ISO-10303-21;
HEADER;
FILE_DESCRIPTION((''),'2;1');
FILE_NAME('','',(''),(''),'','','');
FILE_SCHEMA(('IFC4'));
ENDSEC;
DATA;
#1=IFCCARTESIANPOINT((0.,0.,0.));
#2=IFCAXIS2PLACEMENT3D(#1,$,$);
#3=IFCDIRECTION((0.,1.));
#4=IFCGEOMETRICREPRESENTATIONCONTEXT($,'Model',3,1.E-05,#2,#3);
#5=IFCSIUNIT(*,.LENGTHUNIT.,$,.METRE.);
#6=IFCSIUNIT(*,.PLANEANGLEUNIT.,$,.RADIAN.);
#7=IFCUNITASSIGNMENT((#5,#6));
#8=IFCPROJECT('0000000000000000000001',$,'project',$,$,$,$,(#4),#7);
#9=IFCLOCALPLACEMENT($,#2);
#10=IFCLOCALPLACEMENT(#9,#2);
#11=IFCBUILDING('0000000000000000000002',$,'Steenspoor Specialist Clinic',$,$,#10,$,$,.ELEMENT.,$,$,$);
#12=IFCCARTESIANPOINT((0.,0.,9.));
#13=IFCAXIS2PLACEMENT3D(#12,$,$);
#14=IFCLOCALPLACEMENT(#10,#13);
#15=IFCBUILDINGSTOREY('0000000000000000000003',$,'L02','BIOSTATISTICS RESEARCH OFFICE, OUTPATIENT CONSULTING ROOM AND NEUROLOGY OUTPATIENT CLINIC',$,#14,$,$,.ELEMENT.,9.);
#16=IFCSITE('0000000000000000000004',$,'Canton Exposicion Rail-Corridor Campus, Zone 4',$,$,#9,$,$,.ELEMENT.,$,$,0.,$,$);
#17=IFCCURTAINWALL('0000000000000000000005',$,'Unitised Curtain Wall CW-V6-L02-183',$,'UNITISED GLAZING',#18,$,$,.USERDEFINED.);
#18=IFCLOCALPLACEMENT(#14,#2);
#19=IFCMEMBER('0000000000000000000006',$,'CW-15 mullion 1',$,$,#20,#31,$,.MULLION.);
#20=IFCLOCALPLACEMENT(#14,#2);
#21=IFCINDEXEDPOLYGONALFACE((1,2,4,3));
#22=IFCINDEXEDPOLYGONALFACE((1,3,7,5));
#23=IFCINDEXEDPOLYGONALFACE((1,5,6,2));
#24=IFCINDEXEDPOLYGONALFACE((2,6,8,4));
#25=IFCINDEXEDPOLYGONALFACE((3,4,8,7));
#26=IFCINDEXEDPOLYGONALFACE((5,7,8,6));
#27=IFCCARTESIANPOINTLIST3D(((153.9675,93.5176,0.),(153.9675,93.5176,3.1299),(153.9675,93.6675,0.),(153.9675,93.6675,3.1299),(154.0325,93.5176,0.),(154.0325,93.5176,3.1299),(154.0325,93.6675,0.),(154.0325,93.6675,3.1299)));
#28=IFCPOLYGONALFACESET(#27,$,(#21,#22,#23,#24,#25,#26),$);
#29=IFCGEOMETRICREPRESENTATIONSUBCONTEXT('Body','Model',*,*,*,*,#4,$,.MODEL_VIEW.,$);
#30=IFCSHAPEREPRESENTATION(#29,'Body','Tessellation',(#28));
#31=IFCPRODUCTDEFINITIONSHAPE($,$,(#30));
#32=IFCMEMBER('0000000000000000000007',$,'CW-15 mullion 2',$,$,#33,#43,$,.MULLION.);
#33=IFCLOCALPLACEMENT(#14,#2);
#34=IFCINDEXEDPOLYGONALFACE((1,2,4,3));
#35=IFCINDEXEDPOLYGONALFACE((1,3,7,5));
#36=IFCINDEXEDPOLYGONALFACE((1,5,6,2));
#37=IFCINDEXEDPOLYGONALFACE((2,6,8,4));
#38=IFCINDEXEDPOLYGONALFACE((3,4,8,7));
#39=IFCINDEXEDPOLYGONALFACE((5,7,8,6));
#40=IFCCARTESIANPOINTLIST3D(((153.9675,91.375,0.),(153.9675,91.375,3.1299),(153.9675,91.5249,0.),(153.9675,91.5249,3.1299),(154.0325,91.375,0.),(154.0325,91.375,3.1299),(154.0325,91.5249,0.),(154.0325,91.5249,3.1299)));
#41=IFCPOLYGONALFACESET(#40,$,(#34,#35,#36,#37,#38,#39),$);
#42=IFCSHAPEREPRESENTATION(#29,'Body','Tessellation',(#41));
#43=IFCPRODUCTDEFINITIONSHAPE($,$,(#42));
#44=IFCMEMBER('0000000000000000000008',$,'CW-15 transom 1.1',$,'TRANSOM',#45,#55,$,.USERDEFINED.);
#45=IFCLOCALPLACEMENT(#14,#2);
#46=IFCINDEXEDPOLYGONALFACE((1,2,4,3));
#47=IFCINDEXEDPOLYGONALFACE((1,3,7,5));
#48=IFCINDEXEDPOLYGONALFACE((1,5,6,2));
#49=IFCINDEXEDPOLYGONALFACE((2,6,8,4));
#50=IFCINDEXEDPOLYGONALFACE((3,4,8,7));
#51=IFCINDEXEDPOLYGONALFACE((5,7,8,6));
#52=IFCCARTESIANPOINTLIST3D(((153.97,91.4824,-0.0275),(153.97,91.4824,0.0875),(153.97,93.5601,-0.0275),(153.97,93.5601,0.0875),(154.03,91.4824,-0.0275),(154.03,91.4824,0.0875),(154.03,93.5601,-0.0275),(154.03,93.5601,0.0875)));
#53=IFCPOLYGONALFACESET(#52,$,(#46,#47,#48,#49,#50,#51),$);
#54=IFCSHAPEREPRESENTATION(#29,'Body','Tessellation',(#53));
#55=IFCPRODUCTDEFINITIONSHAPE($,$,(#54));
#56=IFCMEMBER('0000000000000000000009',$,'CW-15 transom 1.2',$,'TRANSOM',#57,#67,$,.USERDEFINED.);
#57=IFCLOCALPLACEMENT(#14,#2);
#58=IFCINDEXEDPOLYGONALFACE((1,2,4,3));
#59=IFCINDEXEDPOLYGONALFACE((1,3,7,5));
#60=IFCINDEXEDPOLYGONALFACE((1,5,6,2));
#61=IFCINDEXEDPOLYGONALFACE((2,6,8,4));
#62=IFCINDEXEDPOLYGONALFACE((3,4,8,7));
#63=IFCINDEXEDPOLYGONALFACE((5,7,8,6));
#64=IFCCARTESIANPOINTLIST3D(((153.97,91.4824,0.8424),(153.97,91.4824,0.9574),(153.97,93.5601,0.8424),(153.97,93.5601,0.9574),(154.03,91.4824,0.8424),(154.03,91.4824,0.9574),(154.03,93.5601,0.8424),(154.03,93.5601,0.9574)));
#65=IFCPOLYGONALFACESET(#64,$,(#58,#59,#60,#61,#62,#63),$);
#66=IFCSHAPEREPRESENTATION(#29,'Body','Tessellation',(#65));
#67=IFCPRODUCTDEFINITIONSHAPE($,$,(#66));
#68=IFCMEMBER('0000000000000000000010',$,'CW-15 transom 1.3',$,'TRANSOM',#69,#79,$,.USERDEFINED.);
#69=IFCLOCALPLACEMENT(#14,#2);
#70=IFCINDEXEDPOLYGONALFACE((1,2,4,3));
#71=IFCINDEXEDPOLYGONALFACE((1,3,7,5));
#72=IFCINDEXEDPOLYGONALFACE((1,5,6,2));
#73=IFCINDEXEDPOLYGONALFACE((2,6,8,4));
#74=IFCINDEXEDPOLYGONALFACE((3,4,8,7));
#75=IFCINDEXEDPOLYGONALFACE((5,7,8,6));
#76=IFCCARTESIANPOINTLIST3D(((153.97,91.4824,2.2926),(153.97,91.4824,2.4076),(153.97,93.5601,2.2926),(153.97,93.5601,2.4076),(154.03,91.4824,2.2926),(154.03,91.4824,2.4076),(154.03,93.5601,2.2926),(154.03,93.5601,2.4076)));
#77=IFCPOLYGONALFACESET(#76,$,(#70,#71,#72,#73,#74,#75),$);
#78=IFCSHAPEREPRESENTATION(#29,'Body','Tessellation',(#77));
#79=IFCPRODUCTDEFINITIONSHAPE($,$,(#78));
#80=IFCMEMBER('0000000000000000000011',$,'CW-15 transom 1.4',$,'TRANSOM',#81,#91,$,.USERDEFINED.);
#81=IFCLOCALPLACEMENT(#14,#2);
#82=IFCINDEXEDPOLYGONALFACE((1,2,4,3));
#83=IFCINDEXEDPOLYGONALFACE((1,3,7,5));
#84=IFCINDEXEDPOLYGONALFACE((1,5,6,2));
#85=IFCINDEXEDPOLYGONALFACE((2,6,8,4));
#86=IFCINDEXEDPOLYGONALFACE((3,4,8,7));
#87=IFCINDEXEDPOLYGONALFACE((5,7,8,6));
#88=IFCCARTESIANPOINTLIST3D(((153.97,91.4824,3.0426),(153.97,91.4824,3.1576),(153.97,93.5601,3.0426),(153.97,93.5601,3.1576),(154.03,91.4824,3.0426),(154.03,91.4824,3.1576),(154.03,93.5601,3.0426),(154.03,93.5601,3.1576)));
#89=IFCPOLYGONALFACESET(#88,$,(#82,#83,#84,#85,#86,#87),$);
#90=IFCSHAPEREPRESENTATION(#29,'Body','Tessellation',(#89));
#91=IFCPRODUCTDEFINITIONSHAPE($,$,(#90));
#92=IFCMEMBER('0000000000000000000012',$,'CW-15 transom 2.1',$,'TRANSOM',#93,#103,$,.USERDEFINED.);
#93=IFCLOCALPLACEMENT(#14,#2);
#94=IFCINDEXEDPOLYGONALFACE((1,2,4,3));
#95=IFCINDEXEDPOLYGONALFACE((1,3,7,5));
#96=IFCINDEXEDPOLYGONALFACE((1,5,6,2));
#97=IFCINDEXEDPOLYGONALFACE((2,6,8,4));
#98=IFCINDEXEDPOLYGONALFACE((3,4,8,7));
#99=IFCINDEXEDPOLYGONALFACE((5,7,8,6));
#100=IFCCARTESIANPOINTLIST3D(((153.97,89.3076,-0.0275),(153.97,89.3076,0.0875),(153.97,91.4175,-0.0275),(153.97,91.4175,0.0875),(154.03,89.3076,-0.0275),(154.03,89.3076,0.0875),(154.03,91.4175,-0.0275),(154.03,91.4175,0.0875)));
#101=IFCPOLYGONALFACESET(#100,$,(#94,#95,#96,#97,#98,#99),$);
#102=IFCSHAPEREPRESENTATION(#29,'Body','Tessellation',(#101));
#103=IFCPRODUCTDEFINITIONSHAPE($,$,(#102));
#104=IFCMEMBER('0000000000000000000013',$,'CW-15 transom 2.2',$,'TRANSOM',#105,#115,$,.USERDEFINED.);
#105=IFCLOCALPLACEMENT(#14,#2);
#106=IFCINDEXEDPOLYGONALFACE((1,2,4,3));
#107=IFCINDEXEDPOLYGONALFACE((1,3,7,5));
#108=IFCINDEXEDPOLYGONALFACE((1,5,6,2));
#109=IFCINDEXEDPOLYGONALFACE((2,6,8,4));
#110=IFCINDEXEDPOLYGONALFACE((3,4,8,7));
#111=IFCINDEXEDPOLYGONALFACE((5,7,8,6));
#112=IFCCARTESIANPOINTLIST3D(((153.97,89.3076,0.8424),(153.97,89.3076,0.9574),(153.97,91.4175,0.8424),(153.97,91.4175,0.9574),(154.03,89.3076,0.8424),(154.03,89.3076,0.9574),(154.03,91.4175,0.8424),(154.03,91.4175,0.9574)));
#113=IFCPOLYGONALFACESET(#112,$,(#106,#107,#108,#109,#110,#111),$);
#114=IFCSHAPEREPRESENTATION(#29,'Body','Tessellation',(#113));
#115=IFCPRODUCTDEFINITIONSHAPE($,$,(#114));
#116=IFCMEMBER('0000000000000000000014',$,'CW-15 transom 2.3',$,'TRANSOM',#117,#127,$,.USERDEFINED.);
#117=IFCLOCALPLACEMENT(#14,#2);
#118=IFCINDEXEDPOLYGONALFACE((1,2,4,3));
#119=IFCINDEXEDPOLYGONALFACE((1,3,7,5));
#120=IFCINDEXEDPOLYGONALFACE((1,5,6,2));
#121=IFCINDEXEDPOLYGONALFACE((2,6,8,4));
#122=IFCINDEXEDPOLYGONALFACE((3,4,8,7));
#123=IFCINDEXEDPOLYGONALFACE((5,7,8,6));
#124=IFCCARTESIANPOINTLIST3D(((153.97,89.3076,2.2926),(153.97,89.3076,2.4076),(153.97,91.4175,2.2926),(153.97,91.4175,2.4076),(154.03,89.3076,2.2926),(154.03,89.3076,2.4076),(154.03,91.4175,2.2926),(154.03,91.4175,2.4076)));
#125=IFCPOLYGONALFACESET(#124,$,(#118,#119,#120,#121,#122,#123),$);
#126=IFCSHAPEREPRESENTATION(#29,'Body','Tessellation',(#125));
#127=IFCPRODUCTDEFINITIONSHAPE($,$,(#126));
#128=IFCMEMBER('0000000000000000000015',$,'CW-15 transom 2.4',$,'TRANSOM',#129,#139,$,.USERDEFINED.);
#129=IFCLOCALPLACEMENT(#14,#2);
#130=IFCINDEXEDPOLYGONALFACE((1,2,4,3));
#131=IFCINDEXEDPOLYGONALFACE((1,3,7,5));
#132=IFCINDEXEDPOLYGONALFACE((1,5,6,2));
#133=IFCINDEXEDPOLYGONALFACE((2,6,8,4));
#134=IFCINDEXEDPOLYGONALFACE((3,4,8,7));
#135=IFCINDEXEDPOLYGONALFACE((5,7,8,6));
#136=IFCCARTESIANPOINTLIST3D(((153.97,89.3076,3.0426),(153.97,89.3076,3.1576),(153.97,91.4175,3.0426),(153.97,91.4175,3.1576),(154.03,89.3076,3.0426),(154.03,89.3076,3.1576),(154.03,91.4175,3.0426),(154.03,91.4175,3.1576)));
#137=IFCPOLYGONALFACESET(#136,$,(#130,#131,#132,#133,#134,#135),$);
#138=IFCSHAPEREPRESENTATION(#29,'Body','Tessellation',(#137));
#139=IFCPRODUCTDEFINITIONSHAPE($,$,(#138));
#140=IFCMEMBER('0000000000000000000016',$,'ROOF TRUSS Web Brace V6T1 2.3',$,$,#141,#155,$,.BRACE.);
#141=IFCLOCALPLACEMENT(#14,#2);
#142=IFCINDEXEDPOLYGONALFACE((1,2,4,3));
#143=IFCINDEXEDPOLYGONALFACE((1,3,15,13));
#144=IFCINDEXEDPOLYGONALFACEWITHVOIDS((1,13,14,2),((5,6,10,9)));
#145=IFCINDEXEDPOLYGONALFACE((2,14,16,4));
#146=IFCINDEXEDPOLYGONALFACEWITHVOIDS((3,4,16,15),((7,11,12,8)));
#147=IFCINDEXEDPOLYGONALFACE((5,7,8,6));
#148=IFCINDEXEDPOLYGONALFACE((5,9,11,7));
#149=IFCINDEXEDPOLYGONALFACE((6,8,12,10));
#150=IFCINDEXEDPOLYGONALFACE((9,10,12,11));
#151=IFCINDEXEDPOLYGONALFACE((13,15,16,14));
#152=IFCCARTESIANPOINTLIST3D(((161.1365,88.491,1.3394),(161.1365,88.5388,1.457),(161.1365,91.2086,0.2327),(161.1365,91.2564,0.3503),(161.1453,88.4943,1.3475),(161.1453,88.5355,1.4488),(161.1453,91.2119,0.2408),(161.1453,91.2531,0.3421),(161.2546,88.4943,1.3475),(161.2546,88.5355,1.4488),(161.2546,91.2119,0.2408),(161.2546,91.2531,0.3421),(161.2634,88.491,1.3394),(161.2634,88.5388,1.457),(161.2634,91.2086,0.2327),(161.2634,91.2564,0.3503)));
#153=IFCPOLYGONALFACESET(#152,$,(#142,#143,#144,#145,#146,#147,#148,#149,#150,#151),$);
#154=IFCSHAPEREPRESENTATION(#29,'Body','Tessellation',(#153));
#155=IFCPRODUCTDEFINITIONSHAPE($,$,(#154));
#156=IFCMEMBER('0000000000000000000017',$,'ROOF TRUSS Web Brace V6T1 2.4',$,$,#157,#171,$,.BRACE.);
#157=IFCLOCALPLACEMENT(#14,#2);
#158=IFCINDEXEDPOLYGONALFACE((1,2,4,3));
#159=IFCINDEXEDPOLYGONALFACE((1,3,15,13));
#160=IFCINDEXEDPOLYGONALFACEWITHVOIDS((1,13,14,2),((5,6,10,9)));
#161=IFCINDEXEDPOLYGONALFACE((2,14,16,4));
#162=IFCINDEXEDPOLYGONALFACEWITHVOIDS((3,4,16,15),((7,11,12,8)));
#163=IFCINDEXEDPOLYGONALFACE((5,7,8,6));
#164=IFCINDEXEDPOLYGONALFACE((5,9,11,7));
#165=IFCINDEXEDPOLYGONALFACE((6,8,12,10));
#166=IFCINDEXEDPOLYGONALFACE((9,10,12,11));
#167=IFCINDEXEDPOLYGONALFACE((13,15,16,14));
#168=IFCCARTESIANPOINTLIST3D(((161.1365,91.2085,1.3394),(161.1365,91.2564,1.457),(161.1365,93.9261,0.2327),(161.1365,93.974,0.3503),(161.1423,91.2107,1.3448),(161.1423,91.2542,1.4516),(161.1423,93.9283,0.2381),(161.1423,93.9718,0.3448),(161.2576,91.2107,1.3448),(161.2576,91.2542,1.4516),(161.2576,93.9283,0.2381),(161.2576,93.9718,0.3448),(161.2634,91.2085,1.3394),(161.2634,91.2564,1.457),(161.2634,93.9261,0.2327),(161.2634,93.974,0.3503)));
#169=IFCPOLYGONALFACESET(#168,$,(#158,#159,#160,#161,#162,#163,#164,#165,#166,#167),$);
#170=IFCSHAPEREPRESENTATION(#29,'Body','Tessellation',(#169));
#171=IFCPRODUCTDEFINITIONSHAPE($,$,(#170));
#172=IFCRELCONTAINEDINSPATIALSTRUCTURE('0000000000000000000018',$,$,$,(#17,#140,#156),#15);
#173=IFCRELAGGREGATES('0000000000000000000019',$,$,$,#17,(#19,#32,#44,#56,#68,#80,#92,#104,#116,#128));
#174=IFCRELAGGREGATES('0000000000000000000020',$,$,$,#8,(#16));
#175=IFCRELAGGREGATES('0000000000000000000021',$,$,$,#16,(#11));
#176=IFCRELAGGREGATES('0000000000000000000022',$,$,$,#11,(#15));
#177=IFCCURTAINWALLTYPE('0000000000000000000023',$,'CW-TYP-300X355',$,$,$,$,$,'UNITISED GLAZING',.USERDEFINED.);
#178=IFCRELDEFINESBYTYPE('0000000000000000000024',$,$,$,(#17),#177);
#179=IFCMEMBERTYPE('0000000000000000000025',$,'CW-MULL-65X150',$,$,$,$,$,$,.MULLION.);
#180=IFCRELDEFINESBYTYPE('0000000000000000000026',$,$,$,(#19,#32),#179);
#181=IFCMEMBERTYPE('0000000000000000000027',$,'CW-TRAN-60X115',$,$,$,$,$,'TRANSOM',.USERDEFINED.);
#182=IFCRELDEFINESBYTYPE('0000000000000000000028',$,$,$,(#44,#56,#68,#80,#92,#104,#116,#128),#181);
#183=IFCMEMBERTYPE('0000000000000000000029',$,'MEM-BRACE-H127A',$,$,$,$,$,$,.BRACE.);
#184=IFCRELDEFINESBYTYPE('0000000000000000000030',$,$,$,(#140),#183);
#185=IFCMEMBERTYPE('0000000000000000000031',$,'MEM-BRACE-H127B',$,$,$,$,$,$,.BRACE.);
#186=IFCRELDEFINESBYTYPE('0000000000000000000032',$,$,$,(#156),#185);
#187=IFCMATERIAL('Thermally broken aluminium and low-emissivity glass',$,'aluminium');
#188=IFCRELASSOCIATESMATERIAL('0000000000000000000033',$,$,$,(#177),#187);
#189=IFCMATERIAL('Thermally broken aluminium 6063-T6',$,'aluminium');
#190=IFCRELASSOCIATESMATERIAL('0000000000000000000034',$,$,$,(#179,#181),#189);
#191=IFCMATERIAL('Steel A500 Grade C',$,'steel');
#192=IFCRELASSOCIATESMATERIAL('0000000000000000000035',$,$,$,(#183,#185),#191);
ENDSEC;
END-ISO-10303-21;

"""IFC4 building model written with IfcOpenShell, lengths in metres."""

from ifc_helpers import new_model, si_unit, direction, frame, origin, origin_2d, place, context, subcontext, project, spatial, rectangle, hollow_rectangle, extrude, material, material_profile, profile_set, type_object, element, aggregate, save


model = new_model("IFC4")

# Units and contexts
model_context = context("Model", 3, precision=1e-05, world=origin(), true_north=direction((0.0, 1.0)))
body_context = subcontext(model_context, "Body", "Model", "MODEL_VIEW")
ifc_project = project(units=[si_unit("LENGTHUNIT", "METRE"), si_unit("PLANEANGLEUNIT", "RADIAN")], contexts=[model_context])

# Site, building, storey
site_placement = place(None, origin())
site = spatial("IfcSite", under=ifc_project, at=site_placement, Name="Canton Exposicion Rail-Corridor Campus, Zone 4", CompositionType="ELEMENT", RefElevation=0.0)
building_placement = place(site_placement, origin())
building = spatial("IfcBuilding", under=site, at=building_placement, Name="Steenspoor Specialist Clinic", CompositionType="ELEMENT")
storey_placement = place(building_placement, frame((0.0, 0.0, 9.0)))
storey = spatial("IfcBuildingStorey", under=building, at=storey_placement, Name="L02", Description="BIOSTATISTICS RESEARCH OFFICE, OUTPATIENT CONSULTING ROOM AND NEUROLOGY OUTPATIENT CLINIC", CompositionType="ELEMENT", Elevation=9.0)

# Curtain wall, members
ifc_material_1 = material(Name="Thermally broken aluminium and low-emissivity glass", Category="aluminium")
curtain_wall_type = type_object("IfcCurtainWallType", Name="CW-TYP-300X355", ElementType="UNITISED GLAZING", PredefinedType="USERDEFINED", material=ifc_material_1)
curtain_wall_placement = place(storey_placement, origin())
curtain_wall = element("IfcCurtainWall", 1, at=curtain_wall_placement, inside=storey, type_object=curtain_wall_type, Name="Unitised Curtain Wall CW-V6-L02-183", ObjectType="UNITISED GLAZING", PredefinedType="USERDEFINED")
ifc_material_2 = material(Name="Thermally broken aluminium 6063-T6", Category="aluminium")
ifc_material_profile_1 = material_profile(ifc_material_2, rectangle(XDim=0.0649, YDim=0.1499, at=origin_2d()), Name="CWM-65X150")
ifc_profile_set_1 = profile_set([ifc_material_profile_1], Name="Thermally broken aluminium 6063-T6")
member_type_1 = type_object("IfcMemberType", Name="CW-MULL-65X150", PredefinedType="MULLION", material=ifc_profile_set_1)
member_1_placement = place(storey_placement, frame((154.0, 93.5925, 0.0), z_axis=(0.0, 0.0, 1.0), x_axis=(1.0, 0.0, 0.0)))
member_1 = element("IfcMember", 2, at=member_1_placement, type_object=member_type_1, Name="CW-15 mullion 1", PredefinedType="MULLION", context=body_context, shape_type="SweptSolid", body=[
    extrude(rectangle(XDim=0.0649, YDim=0.1499, at=origin_2d()), origin(), (0.0, 0.0, 1.0), 3.1299),
])
member_2_placement = place(storey_placement, frame((154.0, 91.45, 0.0), z_axis=(0.0, 0.0, 1.0), x_axis=(1.0, 0.0, 0.0)))
member_2 = element("IfcMember", 3, at=member_2_placement, type_object=member_type_1, Name="CW-15 mullion 2", PredefinedType="MULLION", context=body_context, shape_type="SweptSolid", body=[
    extrude(rectangle(XDim=0.0649, YDim=0.1499, at=origin_2d()), origin(), (0.0, 0.0, 1.0), 3.1299),
])
ifc_material_profile_2 = material_profile(ifc_material_2, rectangle(XDim=0.0601, YDim=0.115, at=origin_2d()), Name="CWT-60X115")
ifc_profile_set_2 = profile_set([ifc_material_profile_2], Name="Thermally broken aluminium 6063-T6")
member_type_2 = type_object("IfcMemberType", Name="CW-TRAN-60X115", ElementType="TRANSOM", PredefinedType="USERDEFINED", material=ifc_profile_set_2)
member_3_placement = place(storey_placement, frame((154.0, 93.5601, 0.03), z_axis=(0.0, -1.0, 0.0), x_axis=(1.0, 0.0, 0.0)))
member_3 = element("IfcMember", 4, at=member_3_placement, type_object=member_type_2, Name="CW-15 transom 1.1", ObjectType="TRANSOM", PredefinedType="USERDEFINED", context=body_context, shape_type="SweptSolid", body=[
    extrude(rectangle(XDim=0.0601, YDim=0.115, at=origin_2d()), origin(), (0.0, 0.0, 1.0), 2.0776),
])
member_4_placement = place(storey_placement, frame((154.0, 93.5601, 0.8999), z_axis=(0.0, -1.0, 0.0), x_axis=(1.0, 0.0, 0.0)))
member_4 = element("IfcMember", 5, at=member_4_placement, type_object=member_type_2, Name="CW-15 transom 1.2", ObjectType="TRANSOM", PredefinedType="USERDEFINED", context=body_context, shape_type="SweptSolid", body=[
    extrude(rectangle(XDim=0.0601, YDim=0.115, at=origin_2d()), origin(), (0.0, 0.0, 1.0), 2.0776),
])
member_5_placement = place(storey_placement, frame((154.0, 93.5601, 2.3501), z_axis=(0.0, -1.0, 0.0), x_axis=(1.0, 0.0, 0.0)))
member_5 = element("IfcMember", 6, at=member_5_placement, type_object=member_type_2, Name="CW-15 transom 1.3", ObjectType="TRANSOM", PredefinedType="USERDEFINED", context=body_context, shape_type="SweptSolid", body=[
    extrude(rectangle(XDim=0.0601, YDim=0.115, at=origin_2d()), origin(), (0.0, 0.0, 1.0), 2.0776),
])
member_6_placement = place(storey_placement, frame((154.0, 93.5601, 3.1001), z_axis=(0.0, -1.0, 0.0), x_axis=(1.0, 0.0, 0.0)))
member_6 = element("IfcMember", 7, at=member_6_placement, type_object=member_type_2, Name="CW-15 transom 1.4", ObjectType="TRANSOM", PredefinedType="USERDEFINED", context=body_context, shape_type="SweptSolid", body=[
    extrude(rectangle(XDim=0.0601, YDim=0.115, at=origin_2d()), origin(), (0.0, 0.0, 1.0), 2.0776),
])
member_7_placement = place(storey_placement, frame((154.0, 91.4175, 0.03), z_axis=(0.0, -1.0, 0.0), x_axis=(1.0, 0.0, 0.0)))
member_7 = element("IfcMember", 8, at=member_7_placement, type_object=member_type_2, Name="CW-15 transom 2.1", ObjectType="TRANSOM", PredefinedType="USERDEFINED", context=body_context, shape_type="SweptSolid", body=[
    extrude(rectangle(XDim=0.0601, YDim=0.115, at=origin_2d()), origin(), (0.0, 0.0, 1.0), 2.1099),
])
member_8_placement = place(storey_placement, frame((154.0, 91.4175, 0.8999), z_axis=(0.0, -1.0, 0.0), x_axis=(1.0, 0.0, 0.0)))
member_8 = element("IfcMember", 9, at=member_8_placement, type_object=member_type_2, Name="CW-15 transom 2.2", ObjectType="TRANSOM", PredefinedType="USERDEFINED", context=body_context, shape_type="SweptSolid", body=[
    extrude(rectangle(XDim=0.0601, YDim=0.115, at=origin_2d()), origin(), (0.0, 0.0, 1.0), 2.1099),
])
member_9_placement = place(storey_placement, frame((154.0, 91.4175, 2.3501), z_axis=(0.0, -1.0, 0.0), x_axis=(1.0, 0.0, 0.0)))
member_9 = element("IfcMember", 10, at=member_9_placement, type_object=member_type_2, Name="CW-15 transom 2.3", ObjectType="TRANSOM", PredefinedType="USERDEFINED", context=body_context, shape_type="SweptSolid", body=[
    extrude(rectangle(XDim=0.0601, YDim=0.115, at=origin_2d()), origin(), (0.0, 0.0, 1.0), 2.1099),
])
member_10_placement = place(storey_placement, frame((154.0, 91.4175, 3.1001), z_axis=(0.0, -1.0, 0.0), x_axis=(1.0, 0.0, 0.0)))
member_10 = element("IfcMember", 11, at=member_10_placement, type_object=member_type_2, Name="CW-15 transom 2.4", ObjectType="TRANSOM", PredefinedType="USERDEFINED", context=body_context, shape_type="SweptSolid", body=[
    extrude(rectangle(XDim=0.0601, YDim=0.115, at=origin_2d()), origin(), (0.0, 0.0, 1.0), 2.1099),
])

# Members
ifc_material_3 = material(Name="Steel A500 Grade C", Category="steel")
ifc_material_profile_3 = material_profile(ifc_material_3, hollow_rectangle(XDim=0.127, YDim=0.127, WallThickness=0.0088, at=origin_2d()), Name="HSS127X127X9.5")
ifc_profile_set_3 = profile_set([ifc_material_profile_3], Name="Steel A500 Grade C")
member_type_3 = type_object("IfcMemberType", Name="MEM-BRACE-H127A", PredefinedType="BRACE", material=ifc_profile_set_3)
member_11_placement = place(storey_placement, frame((161.2, 88.5149, 1.3982), z_axis=(0.0, 0.926146, -0.377165), x_axis=(-1.0, 0.0, 0.0)))
element("IfcMember", 12, at=member_11_placement, inside=storey, type_object=member_type_3, Name="ROOF TRUSS Web Brace V6T1 2.3", PredefinedType="BRACE", context=body_context, shape_type="SweptSolid", body=[
    extrude(hollow_rectangle(XDim=0.127, YDim=0.127, WallThickness=0.0088, at=origin_2d()), origin(), (0.0, 0.0, 1.0), 2.9343),
])
ifc_material_profile_4 = material_profile(ifc_material_3, hollow_rectangle(XDim=0.127, YDim=0.127, WallThickness=0.0059, at=origin_2d()), Name="HSS127X127X6.4")
ifc_profile_set_4 = profile_set([ifc_material_profile_4], Name="Steel A500 Grade C")
member_type_4 = type_object("IfcMemberType", Name="MEM-BRACE-H127B", PredefinedType="BRACE", material=ifc_profile_set_4)
member_12_placement = place(storey_placement, frame((161.2, 91.2324, 1.3982), z_axis=(0.0, 0.926146, -0.377165), x_axis=(-1.0, 0.0, 0.0)))
element("IfcMember", 13, at=member_12_placement, inside=storey, type_object=member_type_4, Name="ROOF TRUSS Web Brace V6T1 2.4", PredefinedType="BRACE", context=body_context, shape_type="SweptSolid", body=[
    extrude(hollow_rectangle(XDim=0.127, YDim=0.127, WallThickness=0.0059, at=origin_2d()), origin(), (0.0, 0.0, 1.0), 2.9343),
])

aggregate(curtain_wall, [member_1, member_2, member_3, member_4, member_5, member_6, member_7, member_8, member_9, member_10])

save(model, "model.ifc")
